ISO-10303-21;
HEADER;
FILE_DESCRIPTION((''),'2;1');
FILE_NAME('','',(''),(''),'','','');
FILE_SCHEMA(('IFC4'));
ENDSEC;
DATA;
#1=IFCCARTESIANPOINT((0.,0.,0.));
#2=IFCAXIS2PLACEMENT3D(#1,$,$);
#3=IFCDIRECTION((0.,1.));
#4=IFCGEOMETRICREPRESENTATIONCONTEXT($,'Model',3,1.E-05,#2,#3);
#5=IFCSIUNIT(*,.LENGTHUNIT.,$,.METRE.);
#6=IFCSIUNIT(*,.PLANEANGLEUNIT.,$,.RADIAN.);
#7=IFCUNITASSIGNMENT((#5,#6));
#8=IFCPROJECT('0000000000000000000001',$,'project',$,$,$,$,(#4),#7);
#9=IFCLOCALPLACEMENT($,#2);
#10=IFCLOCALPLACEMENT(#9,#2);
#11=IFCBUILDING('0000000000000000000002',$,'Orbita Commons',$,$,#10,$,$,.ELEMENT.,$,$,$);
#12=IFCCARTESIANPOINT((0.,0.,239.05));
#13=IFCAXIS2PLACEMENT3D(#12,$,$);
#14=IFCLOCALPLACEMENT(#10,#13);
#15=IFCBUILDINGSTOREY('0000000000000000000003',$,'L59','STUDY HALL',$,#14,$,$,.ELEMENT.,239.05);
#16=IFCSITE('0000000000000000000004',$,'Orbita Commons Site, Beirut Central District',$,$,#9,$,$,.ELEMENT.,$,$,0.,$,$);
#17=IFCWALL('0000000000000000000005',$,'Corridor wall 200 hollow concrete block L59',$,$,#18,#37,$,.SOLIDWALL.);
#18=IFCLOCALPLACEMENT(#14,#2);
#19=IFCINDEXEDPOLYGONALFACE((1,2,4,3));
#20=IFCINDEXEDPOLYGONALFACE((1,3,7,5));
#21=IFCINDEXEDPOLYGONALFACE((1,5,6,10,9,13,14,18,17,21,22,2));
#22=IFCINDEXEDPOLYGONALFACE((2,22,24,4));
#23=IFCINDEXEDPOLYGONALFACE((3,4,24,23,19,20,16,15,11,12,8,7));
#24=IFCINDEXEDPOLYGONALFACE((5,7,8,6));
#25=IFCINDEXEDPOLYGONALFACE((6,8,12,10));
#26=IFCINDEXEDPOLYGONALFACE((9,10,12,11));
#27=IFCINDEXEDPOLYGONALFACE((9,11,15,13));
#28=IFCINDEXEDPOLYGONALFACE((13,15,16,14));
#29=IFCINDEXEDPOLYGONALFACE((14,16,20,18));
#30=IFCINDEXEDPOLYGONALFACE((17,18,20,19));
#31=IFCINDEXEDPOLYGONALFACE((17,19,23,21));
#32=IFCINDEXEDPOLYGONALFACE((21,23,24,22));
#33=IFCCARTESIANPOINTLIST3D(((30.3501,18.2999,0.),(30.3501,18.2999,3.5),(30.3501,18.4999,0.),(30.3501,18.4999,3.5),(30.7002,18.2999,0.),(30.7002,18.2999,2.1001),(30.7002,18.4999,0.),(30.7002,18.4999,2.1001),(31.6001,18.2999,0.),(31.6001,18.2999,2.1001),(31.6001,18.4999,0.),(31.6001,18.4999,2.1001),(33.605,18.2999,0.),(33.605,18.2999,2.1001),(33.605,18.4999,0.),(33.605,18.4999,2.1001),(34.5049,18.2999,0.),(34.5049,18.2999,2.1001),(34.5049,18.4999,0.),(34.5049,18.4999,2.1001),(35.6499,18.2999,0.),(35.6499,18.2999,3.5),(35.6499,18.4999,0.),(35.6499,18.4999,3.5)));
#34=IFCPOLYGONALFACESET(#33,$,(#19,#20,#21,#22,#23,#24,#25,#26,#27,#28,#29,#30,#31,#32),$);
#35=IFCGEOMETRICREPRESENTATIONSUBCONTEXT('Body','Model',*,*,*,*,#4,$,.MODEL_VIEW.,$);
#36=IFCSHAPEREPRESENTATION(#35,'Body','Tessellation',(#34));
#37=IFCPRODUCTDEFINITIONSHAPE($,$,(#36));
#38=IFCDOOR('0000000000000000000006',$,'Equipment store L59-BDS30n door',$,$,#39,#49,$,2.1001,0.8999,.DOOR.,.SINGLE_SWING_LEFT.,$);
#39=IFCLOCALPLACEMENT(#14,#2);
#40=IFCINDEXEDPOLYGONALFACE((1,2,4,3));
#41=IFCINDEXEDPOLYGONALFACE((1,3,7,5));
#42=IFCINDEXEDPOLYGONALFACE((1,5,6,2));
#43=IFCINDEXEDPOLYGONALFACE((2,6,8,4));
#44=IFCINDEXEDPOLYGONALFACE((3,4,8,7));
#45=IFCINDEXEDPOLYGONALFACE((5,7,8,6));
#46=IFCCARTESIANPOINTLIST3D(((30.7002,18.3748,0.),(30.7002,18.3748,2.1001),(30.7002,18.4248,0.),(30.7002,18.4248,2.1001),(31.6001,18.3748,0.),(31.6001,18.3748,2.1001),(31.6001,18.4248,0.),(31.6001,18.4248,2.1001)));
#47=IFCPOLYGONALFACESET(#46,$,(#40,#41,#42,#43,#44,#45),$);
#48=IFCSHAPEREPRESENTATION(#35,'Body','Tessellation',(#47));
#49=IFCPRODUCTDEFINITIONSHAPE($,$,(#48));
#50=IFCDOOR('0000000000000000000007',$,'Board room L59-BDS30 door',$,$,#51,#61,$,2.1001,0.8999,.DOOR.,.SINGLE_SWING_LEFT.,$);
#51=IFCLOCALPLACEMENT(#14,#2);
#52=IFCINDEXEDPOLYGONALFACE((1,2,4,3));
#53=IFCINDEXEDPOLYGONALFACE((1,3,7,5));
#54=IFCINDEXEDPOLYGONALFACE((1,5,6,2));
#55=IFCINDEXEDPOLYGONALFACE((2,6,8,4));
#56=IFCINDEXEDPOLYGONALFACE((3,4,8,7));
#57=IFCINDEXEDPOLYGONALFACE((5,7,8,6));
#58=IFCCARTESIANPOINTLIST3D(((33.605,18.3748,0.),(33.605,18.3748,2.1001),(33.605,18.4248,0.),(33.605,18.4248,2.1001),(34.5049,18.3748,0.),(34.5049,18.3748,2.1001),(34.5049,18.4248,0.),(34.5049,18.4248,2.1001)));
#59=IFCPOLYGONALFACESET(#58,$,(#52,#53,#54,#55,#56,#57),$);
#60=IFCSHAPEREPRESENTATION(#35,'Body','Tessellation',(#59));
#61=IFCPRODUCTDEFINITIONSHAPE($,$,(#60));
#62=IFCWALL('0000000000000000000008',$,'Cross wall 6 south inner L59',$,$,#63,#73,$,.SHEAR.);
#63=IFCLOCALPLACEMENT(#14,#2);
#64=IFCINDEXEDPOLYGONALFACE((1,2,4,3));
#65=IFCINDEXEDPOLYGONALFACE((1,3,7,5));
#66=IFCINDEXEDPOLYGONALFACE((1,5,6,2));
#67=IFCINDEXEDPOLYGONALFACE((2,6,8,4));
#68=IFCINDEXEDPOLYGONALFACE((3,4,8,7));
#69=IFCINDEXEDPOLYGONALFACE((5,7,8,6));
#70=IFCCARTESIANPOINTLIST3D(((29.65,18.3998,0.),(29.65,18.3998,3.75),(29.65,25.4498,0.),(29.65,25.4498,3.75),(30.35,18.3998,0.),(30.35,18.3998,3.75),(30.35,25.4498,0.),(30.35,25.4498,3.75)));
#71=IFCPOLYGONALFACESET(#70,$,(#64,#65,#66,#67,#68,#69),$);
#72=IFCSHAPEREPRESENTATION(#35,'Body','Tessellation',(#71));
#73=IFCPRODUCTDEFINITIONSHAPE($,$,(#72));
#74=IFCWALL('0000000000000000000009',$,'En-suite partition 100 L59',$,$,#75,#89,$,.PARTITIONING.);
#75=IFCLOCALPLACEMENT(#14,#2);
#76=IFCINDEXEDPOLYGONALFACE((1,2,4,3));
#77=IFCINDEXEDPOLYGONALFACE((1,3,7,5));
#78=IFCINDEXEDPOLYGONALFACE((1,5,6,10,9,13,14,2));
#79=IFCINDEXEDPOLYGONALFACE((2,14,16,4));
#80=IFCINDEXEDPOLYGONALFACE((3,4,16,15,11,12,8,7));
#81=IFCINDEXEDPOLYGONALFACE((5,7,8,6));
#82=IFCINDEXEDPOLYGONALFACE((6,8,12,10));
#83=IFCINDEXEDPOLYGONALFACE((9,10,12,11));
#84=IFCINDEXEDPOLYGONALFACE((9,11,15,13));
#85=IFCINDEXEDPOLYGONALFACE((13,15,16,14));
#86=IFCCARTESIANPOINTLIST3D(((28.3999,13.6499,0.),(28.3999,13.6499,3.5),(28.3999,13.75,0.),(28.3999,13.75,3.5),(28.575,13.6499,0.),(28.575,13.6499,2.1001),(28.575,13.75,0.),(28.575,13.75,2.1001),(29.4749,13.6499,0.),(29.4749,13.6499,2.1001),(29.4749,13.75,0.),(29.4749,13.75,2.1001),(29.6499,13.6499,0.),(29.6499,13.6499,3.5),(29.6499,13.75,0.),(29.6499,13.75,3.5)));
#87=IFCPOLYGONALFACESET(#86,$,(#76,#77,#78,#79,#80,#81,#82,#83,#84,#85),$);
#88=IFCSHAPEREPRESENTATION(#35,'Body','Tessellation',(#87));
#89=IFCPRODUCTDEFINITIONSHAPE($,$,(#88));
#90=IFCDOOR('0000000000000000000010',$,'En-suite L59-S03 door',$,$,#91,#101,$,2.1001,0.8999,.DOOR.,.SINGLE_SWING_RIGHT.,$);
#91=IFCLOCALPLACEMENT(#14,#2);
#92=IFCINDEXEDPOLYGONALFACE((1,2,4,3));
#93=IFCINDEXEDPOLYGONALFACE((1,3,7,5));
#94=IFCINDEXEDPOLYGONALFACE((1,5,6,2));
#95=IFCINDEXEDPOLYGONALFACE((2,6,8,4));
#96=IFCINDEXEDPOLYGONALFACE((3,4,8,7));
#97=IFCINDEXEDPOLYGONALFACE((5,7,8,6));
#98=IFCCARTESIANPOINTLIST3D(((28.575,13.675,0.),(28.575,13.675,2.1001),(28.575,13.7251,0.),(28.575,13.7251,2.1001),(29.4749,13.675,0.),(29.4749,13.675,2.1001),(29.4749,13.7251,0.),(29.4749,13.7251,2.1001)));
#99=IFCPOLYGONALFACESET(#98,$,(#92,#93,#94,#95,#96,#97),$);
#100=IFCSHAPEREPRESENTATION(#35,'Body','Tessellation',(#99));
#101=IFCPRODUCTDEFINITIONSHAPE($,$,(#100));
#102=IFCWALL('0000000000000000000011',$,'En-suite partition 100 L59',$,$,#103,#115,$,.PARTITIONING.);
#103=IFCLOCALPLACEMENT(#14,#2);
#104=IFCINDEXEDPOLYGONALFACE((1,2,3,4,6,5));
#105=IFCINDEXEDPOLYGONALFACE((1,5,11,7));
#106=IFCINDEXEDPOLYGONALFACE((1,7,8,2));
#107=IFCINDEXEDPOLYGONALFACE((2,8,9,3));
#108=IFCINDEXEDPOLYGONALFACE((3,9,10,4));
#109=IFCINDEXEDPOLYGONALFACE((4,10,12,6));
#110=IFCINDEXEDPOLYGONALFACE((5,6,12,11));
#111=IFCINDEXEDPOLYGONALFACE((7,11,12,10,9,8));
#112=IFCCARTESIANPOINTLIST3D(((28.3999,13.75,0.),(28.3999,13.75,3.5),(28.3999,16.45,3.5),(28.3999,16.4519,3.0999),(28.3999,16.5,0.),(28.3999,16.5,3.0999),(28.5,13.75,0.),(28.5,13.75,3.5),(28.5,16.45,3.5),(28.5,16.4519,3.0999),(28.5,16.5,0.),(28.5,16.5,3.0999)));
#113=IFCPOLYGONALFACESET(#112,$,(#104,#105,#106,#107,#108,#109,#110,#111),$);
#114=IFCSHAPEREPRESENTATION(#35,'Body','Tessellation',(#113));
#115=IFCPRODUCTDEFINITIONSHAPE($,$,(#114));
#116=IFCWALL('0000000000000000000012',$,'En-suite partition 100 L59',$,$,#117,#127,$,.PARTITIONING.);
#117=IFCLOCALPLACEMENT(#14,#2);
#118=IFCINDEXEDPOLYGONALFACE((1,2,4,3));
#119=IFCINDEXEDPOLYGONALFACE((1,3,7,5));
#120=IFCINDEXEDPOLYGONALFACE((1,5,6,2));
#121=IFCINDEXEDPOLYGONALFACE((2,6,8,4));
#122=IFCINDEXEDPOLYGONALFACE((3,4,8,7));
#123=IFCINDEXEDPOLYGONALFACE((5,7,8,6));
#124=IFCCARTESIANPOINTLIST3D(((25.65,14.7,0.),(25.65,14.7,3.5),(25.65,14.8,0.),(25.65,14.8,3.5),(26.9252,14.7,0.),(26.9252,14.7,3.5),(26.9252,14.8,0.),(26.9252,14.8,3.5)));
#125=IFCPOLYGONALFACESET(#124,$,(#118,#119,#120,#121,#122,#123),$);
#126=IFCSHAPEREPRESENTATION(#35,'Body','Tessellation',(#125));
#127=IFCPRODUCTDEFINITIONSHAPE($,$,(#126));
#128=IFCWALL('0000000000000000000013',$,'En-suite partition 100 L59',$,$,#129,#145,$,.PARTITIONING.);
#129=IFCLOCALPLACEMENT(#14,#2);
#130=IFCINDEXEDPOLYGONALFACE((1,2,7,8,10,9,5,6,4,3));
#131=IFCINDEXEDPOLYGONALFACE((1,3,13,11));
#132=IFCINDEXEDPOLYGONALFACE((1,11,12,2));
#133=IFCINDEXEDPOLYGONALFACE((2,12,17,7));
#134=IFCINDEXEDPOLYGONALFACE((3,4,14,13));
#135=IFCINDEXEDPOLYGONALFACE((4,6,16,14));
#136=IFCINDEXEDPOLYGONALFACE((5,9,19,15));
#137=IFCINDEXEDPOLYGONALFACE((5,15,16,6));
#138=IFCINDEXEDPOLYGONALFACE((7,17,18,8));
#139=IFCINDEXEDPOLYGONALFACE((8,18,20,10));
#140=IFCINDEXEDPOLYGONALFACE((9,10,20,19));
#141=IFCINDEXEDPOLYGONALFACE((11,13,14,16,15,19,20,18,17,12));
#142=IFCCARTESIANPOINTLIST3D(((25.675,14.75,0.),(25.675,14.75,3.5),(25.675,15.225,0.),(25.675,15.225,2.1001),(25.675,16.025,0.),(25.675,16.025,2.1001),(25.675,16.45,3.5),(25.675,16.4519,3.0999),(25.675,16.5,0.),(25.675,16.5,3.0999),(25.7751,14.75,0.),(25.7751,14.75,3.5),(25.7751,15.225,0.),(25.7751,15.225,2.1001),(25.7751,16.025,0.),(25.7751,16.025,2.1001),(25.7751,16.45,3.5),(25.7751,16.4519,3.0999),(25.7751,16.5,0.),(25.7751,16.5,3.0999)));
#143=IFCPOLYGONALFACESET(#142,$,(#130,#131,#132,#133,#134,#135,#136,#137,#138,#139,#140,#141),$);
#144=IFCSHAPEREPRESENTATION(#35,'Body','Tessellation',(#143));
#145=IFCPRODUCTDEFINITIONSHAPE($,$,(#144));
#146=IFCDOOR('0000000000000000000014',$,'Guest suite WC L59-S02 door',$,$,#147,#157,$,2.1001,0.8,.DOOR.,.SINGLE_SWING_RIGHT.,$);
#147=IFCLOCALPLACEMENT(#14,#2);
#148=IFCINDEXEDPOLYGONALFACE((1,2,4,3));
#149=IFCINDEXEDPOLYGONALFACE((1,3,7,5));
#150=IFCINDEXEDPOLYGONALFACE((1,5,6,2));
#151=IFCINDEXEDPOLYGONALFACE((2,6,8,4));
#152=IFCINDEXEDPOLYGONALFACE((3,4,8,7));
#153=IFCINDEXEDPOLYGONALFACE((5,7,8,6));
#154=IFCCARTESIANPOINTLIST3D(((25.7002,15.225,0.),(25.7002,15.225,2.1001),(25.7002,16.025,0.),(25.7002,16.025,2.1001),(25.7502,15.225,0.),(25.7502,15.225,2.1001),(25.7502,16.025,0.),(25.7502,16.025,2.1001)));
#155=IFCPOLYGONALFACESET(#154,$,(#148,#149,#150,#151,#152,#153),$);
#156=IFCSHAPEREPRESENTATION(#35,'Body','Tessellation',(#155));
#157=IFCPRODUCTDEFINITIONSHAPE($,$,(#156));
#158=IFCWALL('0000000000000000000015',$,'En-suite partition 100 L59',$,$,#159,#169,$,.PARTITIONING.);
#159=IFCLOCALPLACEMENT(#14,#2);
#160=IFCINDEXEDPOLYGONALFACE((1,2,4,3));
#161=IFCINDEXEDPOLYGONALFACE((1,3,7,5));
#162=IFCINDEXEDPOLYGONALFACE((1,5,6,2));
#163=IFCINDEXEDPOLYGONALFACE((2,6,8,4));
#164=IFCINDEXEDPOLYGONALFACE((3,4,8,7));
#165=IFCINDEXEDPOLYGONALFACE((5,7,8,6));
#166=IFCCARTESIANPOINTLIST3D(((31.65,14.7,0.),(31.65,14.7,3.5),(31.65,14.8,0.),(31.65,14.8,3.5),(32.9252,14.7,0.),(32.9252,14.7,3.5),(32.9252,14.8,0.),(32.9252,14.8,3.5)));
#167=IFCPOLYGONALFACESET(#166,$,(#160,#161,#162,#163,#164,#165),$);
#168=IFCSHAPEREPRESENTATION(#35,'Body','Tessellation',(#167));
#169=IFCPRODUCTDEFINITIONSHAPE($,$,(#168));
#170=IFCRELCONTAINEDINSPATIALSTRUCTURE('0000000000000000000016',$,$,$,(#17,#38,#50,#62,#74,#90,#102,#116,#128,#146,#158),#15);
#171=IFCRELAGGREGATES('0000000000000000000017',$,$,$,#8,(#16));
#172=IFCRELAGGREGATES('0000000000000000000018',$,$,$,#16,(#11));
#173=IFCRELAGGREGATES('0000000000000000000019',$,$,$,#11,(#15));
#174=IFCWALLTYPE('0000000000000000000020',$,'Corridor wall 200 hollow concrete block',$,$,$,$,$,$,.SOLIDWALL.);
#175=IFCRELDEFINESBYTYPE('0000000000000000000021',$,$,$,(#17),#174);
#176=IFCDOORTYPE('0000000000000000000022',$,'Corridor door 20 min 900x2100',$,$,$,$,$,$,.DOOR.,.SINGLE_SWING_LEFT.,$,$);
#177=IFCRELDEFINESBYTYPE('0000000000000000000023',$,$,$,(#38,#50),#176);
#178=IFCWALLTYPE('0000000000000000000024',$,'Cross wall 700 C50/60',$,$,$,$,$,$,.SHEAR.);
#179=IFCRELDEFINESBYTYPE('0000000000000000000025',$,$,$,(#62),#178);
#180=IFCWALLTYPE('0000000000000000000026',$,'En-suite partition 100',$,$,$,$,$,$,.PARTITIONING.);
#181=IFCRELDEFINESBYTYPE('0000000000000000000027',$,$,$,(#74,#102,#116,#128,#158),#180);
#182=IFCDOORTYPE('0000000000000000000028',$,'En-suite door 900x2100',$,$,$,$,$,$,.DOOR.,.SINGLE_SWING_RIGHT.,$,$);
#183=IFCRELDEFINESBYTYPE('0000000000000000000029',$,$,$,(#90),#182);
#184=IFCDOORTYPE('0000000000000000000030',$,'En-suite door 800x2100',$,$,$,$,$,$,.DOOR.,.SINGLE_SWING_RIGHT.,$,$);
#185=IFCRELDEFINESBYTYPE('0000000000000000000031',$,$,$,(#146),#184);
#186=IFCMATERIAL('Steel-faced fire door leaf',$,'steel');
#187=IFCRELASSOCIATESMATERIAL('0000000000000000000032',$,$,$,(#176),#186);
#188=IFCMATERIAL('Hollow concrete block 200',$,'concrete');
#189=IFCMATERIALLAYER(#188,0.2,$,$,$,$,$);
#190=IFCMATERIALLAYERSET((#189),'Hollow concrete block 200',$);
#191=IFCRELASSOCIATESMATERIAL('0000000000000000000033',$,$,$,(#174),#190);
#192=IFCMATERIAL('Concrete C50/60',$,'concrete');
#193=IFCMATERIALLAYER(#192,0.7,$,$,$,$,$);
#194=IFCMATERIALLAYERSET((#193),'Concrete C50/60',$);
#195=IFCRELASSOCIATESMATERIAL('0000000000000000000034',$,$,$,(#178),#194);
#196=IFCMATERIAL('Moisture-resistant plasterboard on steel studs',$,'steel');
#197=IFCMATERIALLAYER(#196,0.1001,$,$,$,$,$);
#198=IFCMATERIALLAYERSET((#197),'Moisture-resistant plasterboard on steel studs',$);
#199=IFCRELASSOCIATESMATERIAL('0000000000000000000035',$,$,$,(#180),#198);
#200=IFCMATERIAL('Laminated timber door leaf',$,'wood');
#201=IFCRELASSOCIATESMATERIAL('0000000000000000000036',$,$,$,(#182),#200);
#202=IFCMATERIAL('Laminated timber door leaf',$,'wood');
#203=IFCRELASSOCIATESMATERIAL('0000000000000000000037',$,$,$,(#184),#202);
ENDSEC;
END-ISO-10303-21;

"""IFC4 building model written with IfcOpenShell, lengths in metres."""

from ifc_helpers import new_model, si_unit, direction, frame, frame_2d, origin, place, context, subcontext, project, spatial, polyline, rectangle, outline, extrude, material, layer, layer_set, type_object, element, fill, save


model = new_model("IFC4")

# Units and contexts
model_context = context("Model", 3, precision=1e-05, world=origin(), true_north=direction((0.0, 1.0)))
body_context = subcontext(model_context, "Body", "Model", "MODEL_VIEW")
ifc_project = project(units=[si_unit("LENGTHUNIT", "METRE"), si_unit("PLANEANGLEUNIT", "RADIAN")], contexts=[model_context])

# Site, building, storey
site_placement = place(None, origin())
site = spatial("IfcSite", under=ifc_project, at=site_placement, Name="Orbita Commons Site, Beirut Central District", CompositionType="ELEMENT", RefElevation=0.0)
building_placement = place(site_placement, origin())
building = spatial("IfcBuilding", under=site, at=building_placement, Name="Orbita Commons", CompositionType="ELEMENT")
storey_placement = place(building_placement, frame((0.0, 0.0, 239.05)))
storey = spatial("IfcBuildingStorey", under=building, at=storey_placement, Name="L59", Description="STUDY HALL", CompositionType="ELEMENT", Elevation=239.05)

# Shared definitions
ifc_material_1 = material(Name="Steel-faced fire door leaf", Category="steel")
door_type_1 = type_object("IfcDoorType", Name="Corridor door 20 min 900x2100", OperationType="SINGLE_SWING_LEFT", PredefinedType="DOOR", material=ifc_material_1)

# Wall, openings, doors
ifc_material_2 = material(Name="Hollow concrete block 200", Category="concrete")
ifc_layer_1 = layer(ifc_material_2, 0.2)
ifc_layer_set_1 = layer_set([ifc_layer_1], Name="Hollow concrete block 200")
wall_type_1 = type_object("IfcWallType", Name="Corridor wall 200 hollow concrete block", PredefinedType="SOLIDWALL", material=ifc_layer_set_1)
wall_1_placement = place(storey_placement, frame((30.3501, 18.3999, 0.0), z_axis=(0.0, 0.0, 1.0), x_axis=(1.0, 0.0, 0.0)))
wall_1 = element("IfcWall", 1, at=wall_1_placement, inside=storey, type_object=wall_type_1, Name="Corridor wall 200 hollow concrete block L59", PredefinedType="SOLIDWALL", context=body_context, shape_type="SweptSolid", body=[
    extrude(rectangle(XDim=5.2998, YDim=0.2, at=frame_2d((2.6499, 0.0))), origin(), (0.0, 0.0, 1.0), 3.5),
])
opening_1_placement = place(wall_1_placement, frame((0.3501, 0.0, 0.0)))
opening_1 = element("IfcOpeningElement", 2, at=opening_1_placement, cuts=wall_1, PredefinedType="OPENING", context=body_context, shape_type="SweptSolid", body=[
    extrude(rectangle(XDim=0.8999, YDim=2.1001, at=frame_2d((0.45, 1.05))), frame((0.0, 0.1099, 0.0), z_axis=(0.0, -1.0, 0.0), x_axis=(1.0, 0.0, 0.0)), (0.0, 0.0, 1.0), 0.22),
])
opening_2_placement = place(wall_1_placement, frame((3.2549, 0.0, 0.0)))
opening_2 = element("IfcOpeningElement", 3, at=opening_2_placement, cuts=wall_1, PredefinedType="OPENING", context=body_context, shape_type="SweptSolid", body=[
    extrude(rectangle(XDim=0.8999, YDim=2.1001, at=frame_2d((0.45, 1.05))), frame((0.0, 0.1099, 0.0), z_axis=(0.0, -1.0, 0.0), x_axis=(1.0, 0.0, 0.0)), (0.0, 0.0, 1.0), 0.22),
])
door_1_placement = place(opening_1_placement, origin())
door_1 = element("IfcDoor", 4, at=door_1_placement, inside=storey, type_object=door_type_1, Name="Equipment store L59-BDS30n door", OperationType="SINGLE_SWING_LEFT", OverallHeight=2.1001, OverallWidth=0.8999, PredefinedType="DOOR", context=body_context, shape_type="SweptSolid", body=[
    extrude(rectangle(XDim=0.8999, YDim=2.1001, at=frame_2d((0.45, 1.05))), frame((0.0, 0.0249, 0.0), z_axis=(0.0, -1.0, 0.0), x_axis=(1.0, 0.0, 0.0)), (0.0, 0.0, 1.0), 0.05),
])
fill(opening_1, door_1)
door_2_placement = place(opening_2_placement, origin())
door_2 = element("IfcDoor", 5, at=door_2_placement, inside=storey, type_object=door_type_1, Name="Board room L59-BDS30 door", OperationType="SINGLE_SWING_LEFT", OverallHeight=2.1001, OverallWidth=0.8999, PredefinedType="DOOR", context=body_context, shape_type="SweptSolid", body=[
    extrude(rectangle(XDim=0.8999, YDim=2.1001, at=frame_2d((0.45, 1.05))), frame((0.0, 0.0249, 0.0), z_axis=(0.0, -1.0, 0.0), x_axis=(1.0, 0.0, 0.0)), (0.0, 0.0, 1.0), 0.05),
])
fill(opening_2, door_2)

# Wall
ifc_material_3 = material(Name="Concrete C50/60", Category="concrete")
ifc_layer_2 = layer(ifc_material_3, 0.7)
ifc_layer_set_2 = layer_set([ifc_layer_2], Name="Concrete C50/60")
wall_type_2 = type_object("IfcWallType", Name="Cross wall 700 C50/60", PredefinedType="SHEAR", material=ifc_layer_set_2)
wall_2_placement = place(storey_placement, frame((30.0, 18.3999, 0.0), z_axis=(0.0, 0.0, 1.0), x_axis=(0.0, 1.0, 0.0)))
element("IfcWall", 6, at=wall_2_placement, inside=storey, type_object=wall_type_2, Name="Cross wall 6 south inner L59", PredefinedType="SHEAR", context=body_context, shape_type="SweptSolid", body=[
    extrude(rectangle(XDim=7.05, YDim=0.7, at=frame_2d((3.5249, 0.0))), origin(), (0.0, 0.0, 1.0), 3.75),
])

# Wall, opening, door
ifc_material_4 = material(Name="Moisture-resistant plasterboard on steel studs", Category="steel")
ifc_layer_3 = layer(ifc_material_4, 0.1001)
ifc_layer_set_3 = layer_set([ifc_layer_3], Name="Moisture-resistant plasterboard on steel studs")
wall_type_3 = type_object("IfcWallType", Name="En-suite partition 100", PredefinedType="PARTITIONING", material=ifc_layer_set_3)
wall_3_placement = place(storey_placement, frame((29.6499, 13.7, 0.0), z_axis=(0.0, 0.0, 1.0), x_axis=(-1.0, 0.0, 0.0)))
wall_3 = element("IfcWall", 7, at=wall_3_placement, inside=storey, type_object=wall_type_3, Name="En-suite partition 100 L59", PredefinedType="PARTITIONING", context=body_context, shape_type="SweptSolid", body=[
    extrude(rectangle(XDim=1.25, YDim=0.1001, at=frame_2d((0.625, 0.0))), origin(), (0.0, 0.0, 1.0), 3.5),
])
opening_3_placement = place(wall_3_placement, frame((0.175, 0.0, 0.0)))
opening_3 = element("IfcOpeningElement", 8, at=opening_3_placement, cuts=wall_3, PredefinedType="OPENING", context=body_context, shape_type="SweptSolid", body=[
    extrude(rectangle(XDim=0.8999, YDim=2.1001, at=frame_2d((0.45, 1.05))), frame((0.0, 0.0601, 0.0), z_axis=(0.0, -1.0, 0.0), x_axis=(1.0, 0.0, 0.0)), (0.0, 0.0, 1.0), 0.1201),
])
ifc_material_5 = material(Name="Laminated timber door leaf", Category="wood")
door_type_2 = type_object("IfcDoorType", Name="En-suite door 900x2100", OperationType="SINGLE_SWING_RIGHT", PredefinedType="DOOR", material=ifc_material_5)
door_3_placement = place(opening_3_placement, origin())
door_3 = element("IfcDoor", 9, at=door_3_placement, inside=storey, type_object=door_type_2, Name="En-suite L59-S03 door", OperationType="SINGLE_SWING_RIGHT", OverallHeight=2.1001, OverallWidth=0.8999, PredefinedType="DOOR", context=body_context, shape_type="SweptSolid", body=[
    extrude(rectangle(XDim=0.8999, YDim=2.1001, at=frame_2d((0.45, 1.05))), frame((0.0, 0.0249, 0.0), z_axis=(0.0, -1.0, 0.0), x_axis=(1.0, 0.0, 0.0)), (0.0, 0.0, 1.0), 0.05),
])
fill(opening_3, door_3)

# Walls
wall_4_placement = place(storey_placement, frame((28.45, 13.75, 0.0), z_axis=(0.0, 0.0, 1.0), x_axis=(0.0, 1.0, 0.0)))
element("IfcWall", 10, at=wall_4_placement, inside=storey, type_object=wall_type_3, Name="En-suite partition 100 L59", PredefinedType="PARTITIONING", context=body_context, shape_type="SweptSolid", body=[
    extrude(outline(polyline([(0.0, 0.0), (2.75, 0.0), (2.75, 3.0999), (2.7019, 3.0999), (2.7, 3.5), (0.0, 3.5), (0.0, 0.0)])), frame((0.0, 0.05, 0.0), z_axis=(0.0, -1.0, 0.0), x_axis=(1.0, 0.0, 0.0)), (0.0, 0.0, 1.0), 0.1001),
])
wall_5_placement = place(storey_placement, frame((25.6499, 14.75, 0.0), z_axis=(0.0, 0.0, 1.0), x_axis=(1.0, 0.0, 0.0)))
element("IfcWall", 11, at=wall_5_placement, inside=storey, type_object=wall_type_3, Name="En-suite partition 100 L59", PredefinedType="PARTITIONING", context=body_context, shape_type="SweptSolid", body=[
    extrude(rectangle(XDim=1.2751, YDim=0.1001, at=frame_2d((0.6377, 0.0))), origin(), (0.0, 0.0, 1.0), 3.5),
])

# Wall, opening, door
wall_6_placement = place(storey_placement, frame((25.7251, 14.75, 0.0), z_axis=(0.0, 0.0, 1.0), x_axis=(0.0, 1.0, 0.0)))
wall_6 = element("IfcWall", 12, at=wall_6_placement, inside=storey, type_object=wall_type_3, Name="En-suite partition 100 L59", PredefinedType="PARTITIONING", context=body_context, shape_type="SweptSolid", body=[
    extrude(outline(polyline([(0.0, 0.0), (1.75, 0.0), (1.75, 3.0999), (1.7019, 3.0999), (1.7, 3.5), (0.0, 3.5), (0.0, 0.0)])), frame((0.0, 0.05, 0.0), z_axis=(0.0, -1.0, 0.0), x_axis=(1.0, 0.0, 0.0)), (0.0, 0.0, 1.0), 0.1001),
])
opening_4_placement = place(wall_6_placement, frame((0.4751, 0.0, 0.0)))
opening_4 = element("IfcOpeningElement", 13, at=opening_4_placement, cuts=wall_6, PredefinedType="OPENING", context=body_context, shape_type="SweptSolid", body=[
    extrude(rectangle(XDim=0.8, YDim=2.1001, at=frame_2d((0.3999, 1.05))), frame((0.0, 0.0601, 0.0), z_axis=(0.0, -1.0, 0.0), x_axis=(1.0, 0.0, 0.0)), (0.0, 0.0, 1.0), 0.1201),
])
ifc_material_6 = material(Name="Laminated timber door leaf", Category="wood")
door_type_3 = type_object("IfcDoorType", Name="En-suite door 800x2100", OperationType="SINGLE_SWING_RIGHT", PredefinedType="DOOR", material=ifc_material_6)
door_4_placement = place(opening_4_placement, origin())
door_4 = element("IfcDoor", 14, at=door_4_placement, inside=storey, type_object=door_type_3, Name="Guest suite WC L59-S02 door", OperationType="SINGLE_SWING_RIGHT", OverallHeight=2.1001, OverallWidth=0.8, PredefinedType="DOOR", context=body_context, shape_type="SweptSolid", body=[
    extrude(rectangle(XDim=0.8, YDim=2.1001, at=frame_2d((0.3999, 1.05))), frame((0.0, 0.0249, 0.0), z_axis=(0.0, -1.0, 0.0), x_axis=(1.0, 0.0, 0.0)), (0.0, 0.0, 1.0), 0.05),
])
fill(opening_4, door_4)

# Wall
wall_7_placement = place(storey_placement, frame((31.6499, 14.75, 0.0), z_axis=(0.0, 0.0, 1.0), x_axis=(1.0, 0.0, 0.0)))
element("IfcWall", 15, at=wall_7_placement, inside=storey, type_object=wall_type_3, Name="En-suite partition 100 L59", PredefinedType="PARTITIONING", context=body_context, shape_type="SweptSolid", body=[
    extrude(rectangle(XDim=1.2751, YDim=0.1001, at=frame_2d((0.6377, 0.0))), origin(), (0.0, 0.0, 1.0), 3.5),
])

save(model, "model.ifc")
